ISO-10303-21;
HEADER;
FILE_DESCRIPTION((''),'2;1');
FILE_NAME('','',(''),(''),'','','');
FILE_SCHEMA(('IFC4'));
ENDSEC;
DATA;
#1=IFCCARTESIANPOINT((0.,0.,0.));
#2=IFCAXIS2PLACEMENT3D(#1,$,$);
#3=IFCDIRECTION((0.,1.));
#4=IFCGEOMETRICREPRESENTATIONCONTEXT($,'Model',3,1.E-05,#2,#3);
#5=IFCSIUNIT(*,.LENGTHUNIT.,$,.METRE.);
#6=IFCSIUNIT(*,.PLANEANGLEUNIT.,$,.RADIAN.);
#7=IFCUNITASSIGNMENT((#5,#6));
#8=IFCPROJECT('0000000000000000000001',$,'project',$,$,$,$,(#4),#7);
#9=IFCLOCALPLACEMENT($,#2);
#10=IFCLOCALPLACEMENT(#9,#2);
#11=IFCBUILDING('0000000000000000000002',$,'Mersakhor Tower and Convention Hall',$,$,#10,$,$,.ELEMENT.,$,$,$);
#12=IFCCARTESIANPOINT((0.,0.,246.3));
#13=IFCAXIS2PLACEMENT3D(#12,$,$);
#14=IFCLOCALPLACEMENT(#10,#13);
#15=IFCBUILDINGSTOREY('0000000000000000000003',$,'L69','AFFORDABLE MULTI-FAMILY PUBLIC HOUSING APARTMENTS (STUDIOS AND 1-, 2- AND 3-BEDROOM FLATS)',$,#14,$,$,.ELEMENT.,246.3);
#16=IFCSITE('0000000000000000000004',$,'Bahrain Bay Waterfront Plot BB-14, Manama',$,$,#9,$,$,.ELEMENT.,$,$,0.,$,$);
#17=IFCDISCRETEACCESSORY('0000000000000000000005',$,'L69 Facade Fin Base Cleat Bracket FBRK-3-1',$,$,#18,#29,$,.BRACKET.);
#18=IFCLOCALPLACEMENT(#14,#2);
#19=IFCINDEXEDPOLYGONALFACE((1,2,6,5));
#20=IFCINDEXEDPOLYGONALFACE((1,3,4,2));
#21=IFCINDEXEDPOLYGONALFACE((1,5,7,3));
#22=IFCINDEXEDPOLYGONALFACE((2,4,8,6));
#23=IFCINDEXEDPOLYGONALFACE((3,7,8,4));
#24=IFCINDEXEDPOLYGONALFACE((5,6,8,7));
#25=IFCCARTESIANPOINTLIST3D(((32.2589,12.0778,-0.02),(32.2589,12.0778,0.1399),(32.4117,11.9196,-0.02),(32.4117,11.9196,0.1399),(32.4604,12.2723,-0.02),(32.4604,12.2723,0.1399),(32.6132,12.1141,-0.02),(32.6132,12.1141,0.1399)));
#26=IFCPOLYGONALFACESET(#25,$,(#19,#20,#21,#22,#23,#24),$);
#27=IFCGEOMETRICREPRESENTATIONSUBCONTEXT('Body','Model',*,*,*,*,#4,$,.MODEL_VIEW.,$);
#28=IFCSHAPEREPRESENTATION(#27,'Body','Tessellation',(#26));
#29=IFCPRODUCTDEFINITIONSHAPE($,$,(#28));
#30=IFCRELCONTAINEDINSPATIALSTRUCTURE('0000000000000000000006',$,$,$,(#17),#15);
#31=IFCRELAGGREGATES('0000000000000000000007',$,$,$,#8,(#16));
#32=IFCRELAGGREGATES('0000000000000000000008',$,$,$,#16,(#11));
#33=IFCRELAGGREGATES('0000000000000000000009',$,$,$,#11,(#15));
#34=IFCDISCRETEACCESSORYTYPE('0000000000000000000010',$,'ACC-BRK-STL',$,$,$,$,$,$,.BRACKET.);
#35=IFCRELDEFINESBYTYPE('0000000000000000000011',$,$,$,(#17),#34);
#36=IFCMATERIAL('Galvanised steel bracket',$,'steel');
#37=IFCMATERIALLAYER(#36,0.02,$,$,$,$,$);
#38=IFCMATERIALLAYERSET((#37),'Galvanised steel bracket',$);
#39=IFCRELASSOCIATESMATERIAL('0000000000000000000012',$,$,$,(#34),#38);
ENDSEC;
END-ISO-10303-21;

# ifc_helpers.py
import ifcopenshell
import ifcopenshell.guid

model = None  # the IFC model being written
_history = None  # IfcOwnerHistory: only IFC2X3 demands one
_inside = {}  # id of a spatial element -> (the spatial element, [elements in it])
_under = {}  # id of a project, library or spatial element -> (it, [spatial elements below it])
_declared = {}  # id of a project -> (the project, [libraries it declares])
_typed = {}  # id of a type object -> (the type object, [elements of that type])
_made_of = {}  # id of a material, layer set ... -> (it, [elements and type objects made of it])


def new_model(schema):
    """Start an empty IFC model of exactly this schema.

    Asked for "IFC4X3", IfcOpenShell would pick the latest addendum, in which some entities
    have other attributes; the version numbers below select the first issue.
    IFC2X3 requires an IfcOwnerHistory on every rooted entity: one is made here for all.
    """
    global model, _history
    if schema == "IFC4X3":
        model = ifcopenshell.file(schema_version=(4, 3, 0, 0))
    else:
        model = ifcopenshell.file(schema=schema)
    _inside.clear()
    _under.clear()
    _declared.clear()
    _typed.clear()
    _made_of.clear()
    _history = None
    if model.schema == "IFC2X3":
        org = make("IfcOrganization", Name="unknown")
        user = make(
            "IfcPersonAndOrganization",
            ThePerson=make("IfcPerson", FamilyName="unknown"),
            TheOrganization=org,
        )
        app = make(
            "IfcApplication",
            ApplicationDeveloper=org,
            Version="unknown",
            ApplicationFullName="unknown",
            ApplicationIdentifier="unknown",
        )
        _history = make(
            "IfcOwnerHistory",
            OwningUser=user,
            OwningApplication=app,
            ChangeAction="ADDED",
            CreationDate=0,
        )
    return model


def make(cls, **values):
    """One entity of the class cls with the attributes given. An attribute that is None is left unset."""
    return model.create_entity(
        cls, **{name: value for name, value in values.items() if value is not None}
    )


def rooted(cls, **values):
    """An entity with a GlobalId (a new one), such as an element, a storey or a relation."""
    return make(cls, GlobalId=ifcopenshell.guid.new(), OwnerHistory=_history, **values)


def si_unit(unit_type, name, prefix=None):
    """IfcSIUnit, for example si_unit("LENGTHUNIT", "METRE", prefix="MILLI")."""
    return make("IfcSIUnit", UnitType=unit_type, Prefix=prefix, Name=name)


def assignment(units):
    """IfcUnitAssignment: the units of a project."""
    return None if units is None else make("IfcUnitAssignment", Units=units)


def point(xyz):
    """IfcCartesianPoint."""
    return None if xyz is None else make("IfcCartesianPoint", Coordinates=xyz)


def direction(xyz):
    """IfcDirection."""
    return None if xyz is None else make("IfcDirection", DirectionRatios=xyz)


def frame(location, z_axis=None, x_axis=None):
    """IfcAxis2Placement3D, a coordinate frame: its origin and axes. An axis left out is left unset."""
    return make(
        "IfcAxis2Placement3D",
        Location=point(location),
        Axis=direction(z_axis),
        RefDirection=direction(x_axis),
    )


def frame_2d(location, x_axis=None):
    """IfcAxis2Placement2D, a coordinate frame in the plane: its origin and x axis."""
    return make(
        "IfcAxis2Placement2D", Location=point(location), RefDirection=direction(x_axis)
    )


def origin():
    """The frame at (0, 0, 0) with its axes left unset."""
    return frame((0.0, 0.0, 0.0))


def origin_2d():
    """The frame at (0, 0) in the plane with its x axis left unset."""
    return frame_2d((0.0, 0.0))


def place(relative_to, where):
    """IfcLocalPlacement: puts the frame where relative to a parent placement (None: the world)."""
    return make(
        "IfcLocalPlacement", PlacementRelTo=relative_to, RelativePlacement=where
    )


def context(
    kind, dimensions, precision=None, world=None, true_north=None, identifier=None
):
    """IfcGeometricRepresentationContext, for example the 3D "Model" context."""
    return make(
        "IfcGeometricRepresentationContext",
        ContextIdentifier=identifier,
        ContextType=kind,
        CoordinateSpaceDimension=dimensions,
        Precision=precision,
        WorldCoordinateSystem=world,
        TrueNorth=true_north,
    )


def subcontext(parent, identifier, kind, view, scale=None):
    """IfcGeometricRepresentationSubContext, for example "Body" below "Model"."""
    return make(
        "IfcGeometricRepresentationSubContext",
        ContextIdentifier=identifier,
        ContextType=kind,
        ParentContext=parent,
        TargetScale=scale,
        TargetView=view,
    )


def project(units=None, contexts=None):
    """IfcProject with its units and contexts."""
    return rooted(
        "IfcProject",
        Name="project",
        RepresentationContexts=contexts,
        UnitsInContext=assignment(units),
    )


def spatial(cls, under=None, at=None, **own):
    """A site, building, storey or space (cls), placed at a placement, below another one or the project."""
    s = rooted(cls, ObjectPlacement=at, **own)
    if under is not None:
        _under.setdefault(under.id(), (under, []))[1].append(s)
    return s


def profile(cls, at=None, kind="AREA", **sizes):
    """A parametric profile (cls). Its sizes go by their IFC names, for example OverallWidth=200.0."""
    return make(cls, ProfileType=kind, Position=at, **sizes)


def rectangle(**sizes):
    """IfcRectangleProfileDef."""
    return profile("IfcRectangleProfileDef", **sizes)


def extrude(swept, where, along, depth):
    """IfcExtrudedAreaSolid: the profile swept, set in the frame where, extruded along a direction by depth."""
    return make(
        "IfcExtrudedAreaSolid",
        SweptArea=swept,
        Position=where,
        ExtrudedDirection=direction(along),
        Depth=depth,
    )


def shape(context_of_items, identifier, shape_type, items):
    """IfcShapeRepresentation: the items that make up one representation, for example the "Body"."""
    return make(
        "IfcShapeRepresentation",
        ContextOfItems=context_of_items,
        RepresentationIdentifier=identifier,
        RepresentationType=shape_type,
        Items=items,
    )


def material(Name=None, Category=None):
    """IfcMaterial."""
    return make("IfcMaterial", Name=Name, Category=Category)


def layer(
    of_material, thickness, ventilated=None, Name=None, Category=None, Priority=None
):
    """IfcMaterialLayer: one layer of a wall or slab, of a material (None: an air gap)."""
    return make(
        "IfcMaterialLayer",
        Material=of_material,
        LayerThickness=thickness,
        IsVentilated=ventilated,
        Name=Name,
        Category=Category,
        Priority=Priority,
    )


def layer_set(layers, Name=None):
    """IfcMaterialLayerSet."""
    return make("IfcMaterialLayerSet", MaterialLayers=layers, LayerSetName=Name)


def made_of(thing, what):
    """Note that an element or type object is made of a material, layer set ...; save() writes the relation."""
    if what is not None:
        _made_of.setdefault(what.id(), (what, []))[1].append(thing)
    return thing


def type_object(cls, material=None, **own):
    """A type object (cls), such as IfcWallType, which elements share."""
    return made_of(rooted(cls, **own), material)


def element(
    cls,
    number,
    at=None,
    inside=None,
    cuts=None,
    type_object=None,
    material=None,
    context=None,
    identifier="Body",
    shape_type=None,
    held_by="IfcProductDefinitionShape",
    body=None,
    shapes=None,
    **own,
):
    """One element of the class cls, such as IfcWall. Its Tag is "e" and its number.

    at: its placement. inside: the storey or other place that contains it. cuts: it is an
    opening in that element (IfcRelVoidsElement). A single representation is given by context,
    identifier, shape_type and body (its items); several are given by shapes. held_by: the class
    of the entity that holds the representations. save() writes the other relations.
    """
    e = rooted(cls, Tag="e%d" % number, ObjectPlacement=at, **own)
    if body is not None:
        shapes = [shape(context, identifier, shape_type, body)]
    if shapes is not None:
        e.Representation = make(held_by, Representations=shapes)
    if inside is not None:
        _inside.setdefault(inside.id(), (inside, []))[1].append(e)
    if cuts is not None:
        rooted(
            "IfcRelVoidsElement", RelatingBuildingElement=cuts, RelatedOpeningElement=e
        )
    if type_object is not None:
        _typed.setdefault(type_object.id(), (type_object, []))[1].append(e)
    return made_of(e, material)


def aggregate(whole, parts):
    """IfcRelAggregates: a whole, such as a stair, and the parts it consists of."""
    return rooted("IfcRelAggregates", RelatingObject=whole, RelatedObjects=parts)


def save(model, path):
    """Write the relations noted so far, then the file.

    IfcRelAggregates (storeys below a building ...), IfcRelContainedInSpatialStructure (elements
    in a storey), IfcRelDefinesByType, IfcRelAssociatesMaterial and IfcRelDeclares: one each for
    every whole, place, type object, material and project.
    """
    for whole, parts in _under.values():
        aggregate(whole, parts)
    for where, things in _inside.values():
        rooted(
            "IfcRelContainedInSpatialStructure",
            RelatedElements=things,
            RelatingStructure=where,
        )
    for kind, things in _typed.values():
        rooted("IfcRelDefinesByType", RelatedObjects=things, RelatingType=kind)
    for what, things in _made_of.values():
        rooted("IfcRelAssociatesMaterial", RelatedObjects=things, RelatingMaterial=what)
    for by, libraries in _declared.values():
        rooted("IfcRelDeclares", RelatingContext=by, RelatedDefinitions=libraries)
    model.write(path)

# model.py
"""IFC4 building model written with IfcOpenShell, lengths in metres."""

from ifc_helpers import new_model, si_unit, direction, frame, origin, origin_2d, place, context, subcontext, project, spatial, rectangle, extrude, material, layer, layer_set, type_object, element, save


model = new_model("IFC4")

# Units and contexts
model_context = context("Model", 3, precision=1e-05, world=origin(), true_north=direction((0.0, 1.0)))
body_context = subcontext(model_context, "Body", "Model", "MODEL_VIEW")
ifc_project = project(units=[si_unit("LENGTHUNIT", "METRE"), si_unit("PLANEANGLEUNIT", "RADIAN")], contexts=[model_context])

# Site, building, storey
site_placement = place(None, origin())
site = spatial("IfcSite", under=ifc_project, at=site_placement, Name="Bahrain Bay Waterfront Plot BB-14, Manama", CompositionType="ELEMENT", RefElevation=0.0)
building_placement = place(site_placement, origin())
building = spatial("IfcBuilding", under=site, at=building_placement, Name="Mersakhor Tower and Convention Hall", CompositionType="ELEMENT")
storey_placement = place(building_placement, frame((0.0, 0.0, 246.3)))
storey = spatial("IfcBuildingStorey", under=building, at=storey_placement, Name="L69", Description="AFFORDABLE MULTI-FAMILY PUBLIC HOUSING APARTMENTS (STUDIOS AND 1-, 2- AND 3-BEDROOM FLATS)", CompositionType="ELEMENT", Elevation=246.3)

# Discrete accessory
ifc_material_1 = material(Name="Galvanised steel bracket", Category="steel")
ifc_layer_1 = layer(ifc_material_1, 0.02)
ifc_layer_set_1 = layer_set([ifc_layer_1], Name="Galvanised steel bracket")
discrete_accessory_type = type_object("IfcDiscreteAccessoryType", Name="ACC-BRK-STL", PredefinedType="BRACKET", material=ifc_layer_set_1)
for number, where, z_axis, x_axis, name in (
    (1, (32.436, 12.0959, -0.02), (0.0, 0.0, 1.0), (-0.71934, -0.694658, 0.0), "L69 Facade Fin Base Cleat Bracket FBRK-3-1"),
):
    element("IfcDiscreteAccessory", number, at=place(storey_placement, frame(where, z_axis=z_axis, x_axis=x_axis)), inside=storey, type_object=discrete_accessory_type, Name=name, PredefinedType="BRACKET", context=body_context, shape_type="SweptSolid", body=[
        extrude(rectangle(XDim=0.28, YDim=0.22, at=origin_2d()), origin(), (0.0, 0.0, 1.0), 0.1599),
    ])

save(model, "model.ifc")
